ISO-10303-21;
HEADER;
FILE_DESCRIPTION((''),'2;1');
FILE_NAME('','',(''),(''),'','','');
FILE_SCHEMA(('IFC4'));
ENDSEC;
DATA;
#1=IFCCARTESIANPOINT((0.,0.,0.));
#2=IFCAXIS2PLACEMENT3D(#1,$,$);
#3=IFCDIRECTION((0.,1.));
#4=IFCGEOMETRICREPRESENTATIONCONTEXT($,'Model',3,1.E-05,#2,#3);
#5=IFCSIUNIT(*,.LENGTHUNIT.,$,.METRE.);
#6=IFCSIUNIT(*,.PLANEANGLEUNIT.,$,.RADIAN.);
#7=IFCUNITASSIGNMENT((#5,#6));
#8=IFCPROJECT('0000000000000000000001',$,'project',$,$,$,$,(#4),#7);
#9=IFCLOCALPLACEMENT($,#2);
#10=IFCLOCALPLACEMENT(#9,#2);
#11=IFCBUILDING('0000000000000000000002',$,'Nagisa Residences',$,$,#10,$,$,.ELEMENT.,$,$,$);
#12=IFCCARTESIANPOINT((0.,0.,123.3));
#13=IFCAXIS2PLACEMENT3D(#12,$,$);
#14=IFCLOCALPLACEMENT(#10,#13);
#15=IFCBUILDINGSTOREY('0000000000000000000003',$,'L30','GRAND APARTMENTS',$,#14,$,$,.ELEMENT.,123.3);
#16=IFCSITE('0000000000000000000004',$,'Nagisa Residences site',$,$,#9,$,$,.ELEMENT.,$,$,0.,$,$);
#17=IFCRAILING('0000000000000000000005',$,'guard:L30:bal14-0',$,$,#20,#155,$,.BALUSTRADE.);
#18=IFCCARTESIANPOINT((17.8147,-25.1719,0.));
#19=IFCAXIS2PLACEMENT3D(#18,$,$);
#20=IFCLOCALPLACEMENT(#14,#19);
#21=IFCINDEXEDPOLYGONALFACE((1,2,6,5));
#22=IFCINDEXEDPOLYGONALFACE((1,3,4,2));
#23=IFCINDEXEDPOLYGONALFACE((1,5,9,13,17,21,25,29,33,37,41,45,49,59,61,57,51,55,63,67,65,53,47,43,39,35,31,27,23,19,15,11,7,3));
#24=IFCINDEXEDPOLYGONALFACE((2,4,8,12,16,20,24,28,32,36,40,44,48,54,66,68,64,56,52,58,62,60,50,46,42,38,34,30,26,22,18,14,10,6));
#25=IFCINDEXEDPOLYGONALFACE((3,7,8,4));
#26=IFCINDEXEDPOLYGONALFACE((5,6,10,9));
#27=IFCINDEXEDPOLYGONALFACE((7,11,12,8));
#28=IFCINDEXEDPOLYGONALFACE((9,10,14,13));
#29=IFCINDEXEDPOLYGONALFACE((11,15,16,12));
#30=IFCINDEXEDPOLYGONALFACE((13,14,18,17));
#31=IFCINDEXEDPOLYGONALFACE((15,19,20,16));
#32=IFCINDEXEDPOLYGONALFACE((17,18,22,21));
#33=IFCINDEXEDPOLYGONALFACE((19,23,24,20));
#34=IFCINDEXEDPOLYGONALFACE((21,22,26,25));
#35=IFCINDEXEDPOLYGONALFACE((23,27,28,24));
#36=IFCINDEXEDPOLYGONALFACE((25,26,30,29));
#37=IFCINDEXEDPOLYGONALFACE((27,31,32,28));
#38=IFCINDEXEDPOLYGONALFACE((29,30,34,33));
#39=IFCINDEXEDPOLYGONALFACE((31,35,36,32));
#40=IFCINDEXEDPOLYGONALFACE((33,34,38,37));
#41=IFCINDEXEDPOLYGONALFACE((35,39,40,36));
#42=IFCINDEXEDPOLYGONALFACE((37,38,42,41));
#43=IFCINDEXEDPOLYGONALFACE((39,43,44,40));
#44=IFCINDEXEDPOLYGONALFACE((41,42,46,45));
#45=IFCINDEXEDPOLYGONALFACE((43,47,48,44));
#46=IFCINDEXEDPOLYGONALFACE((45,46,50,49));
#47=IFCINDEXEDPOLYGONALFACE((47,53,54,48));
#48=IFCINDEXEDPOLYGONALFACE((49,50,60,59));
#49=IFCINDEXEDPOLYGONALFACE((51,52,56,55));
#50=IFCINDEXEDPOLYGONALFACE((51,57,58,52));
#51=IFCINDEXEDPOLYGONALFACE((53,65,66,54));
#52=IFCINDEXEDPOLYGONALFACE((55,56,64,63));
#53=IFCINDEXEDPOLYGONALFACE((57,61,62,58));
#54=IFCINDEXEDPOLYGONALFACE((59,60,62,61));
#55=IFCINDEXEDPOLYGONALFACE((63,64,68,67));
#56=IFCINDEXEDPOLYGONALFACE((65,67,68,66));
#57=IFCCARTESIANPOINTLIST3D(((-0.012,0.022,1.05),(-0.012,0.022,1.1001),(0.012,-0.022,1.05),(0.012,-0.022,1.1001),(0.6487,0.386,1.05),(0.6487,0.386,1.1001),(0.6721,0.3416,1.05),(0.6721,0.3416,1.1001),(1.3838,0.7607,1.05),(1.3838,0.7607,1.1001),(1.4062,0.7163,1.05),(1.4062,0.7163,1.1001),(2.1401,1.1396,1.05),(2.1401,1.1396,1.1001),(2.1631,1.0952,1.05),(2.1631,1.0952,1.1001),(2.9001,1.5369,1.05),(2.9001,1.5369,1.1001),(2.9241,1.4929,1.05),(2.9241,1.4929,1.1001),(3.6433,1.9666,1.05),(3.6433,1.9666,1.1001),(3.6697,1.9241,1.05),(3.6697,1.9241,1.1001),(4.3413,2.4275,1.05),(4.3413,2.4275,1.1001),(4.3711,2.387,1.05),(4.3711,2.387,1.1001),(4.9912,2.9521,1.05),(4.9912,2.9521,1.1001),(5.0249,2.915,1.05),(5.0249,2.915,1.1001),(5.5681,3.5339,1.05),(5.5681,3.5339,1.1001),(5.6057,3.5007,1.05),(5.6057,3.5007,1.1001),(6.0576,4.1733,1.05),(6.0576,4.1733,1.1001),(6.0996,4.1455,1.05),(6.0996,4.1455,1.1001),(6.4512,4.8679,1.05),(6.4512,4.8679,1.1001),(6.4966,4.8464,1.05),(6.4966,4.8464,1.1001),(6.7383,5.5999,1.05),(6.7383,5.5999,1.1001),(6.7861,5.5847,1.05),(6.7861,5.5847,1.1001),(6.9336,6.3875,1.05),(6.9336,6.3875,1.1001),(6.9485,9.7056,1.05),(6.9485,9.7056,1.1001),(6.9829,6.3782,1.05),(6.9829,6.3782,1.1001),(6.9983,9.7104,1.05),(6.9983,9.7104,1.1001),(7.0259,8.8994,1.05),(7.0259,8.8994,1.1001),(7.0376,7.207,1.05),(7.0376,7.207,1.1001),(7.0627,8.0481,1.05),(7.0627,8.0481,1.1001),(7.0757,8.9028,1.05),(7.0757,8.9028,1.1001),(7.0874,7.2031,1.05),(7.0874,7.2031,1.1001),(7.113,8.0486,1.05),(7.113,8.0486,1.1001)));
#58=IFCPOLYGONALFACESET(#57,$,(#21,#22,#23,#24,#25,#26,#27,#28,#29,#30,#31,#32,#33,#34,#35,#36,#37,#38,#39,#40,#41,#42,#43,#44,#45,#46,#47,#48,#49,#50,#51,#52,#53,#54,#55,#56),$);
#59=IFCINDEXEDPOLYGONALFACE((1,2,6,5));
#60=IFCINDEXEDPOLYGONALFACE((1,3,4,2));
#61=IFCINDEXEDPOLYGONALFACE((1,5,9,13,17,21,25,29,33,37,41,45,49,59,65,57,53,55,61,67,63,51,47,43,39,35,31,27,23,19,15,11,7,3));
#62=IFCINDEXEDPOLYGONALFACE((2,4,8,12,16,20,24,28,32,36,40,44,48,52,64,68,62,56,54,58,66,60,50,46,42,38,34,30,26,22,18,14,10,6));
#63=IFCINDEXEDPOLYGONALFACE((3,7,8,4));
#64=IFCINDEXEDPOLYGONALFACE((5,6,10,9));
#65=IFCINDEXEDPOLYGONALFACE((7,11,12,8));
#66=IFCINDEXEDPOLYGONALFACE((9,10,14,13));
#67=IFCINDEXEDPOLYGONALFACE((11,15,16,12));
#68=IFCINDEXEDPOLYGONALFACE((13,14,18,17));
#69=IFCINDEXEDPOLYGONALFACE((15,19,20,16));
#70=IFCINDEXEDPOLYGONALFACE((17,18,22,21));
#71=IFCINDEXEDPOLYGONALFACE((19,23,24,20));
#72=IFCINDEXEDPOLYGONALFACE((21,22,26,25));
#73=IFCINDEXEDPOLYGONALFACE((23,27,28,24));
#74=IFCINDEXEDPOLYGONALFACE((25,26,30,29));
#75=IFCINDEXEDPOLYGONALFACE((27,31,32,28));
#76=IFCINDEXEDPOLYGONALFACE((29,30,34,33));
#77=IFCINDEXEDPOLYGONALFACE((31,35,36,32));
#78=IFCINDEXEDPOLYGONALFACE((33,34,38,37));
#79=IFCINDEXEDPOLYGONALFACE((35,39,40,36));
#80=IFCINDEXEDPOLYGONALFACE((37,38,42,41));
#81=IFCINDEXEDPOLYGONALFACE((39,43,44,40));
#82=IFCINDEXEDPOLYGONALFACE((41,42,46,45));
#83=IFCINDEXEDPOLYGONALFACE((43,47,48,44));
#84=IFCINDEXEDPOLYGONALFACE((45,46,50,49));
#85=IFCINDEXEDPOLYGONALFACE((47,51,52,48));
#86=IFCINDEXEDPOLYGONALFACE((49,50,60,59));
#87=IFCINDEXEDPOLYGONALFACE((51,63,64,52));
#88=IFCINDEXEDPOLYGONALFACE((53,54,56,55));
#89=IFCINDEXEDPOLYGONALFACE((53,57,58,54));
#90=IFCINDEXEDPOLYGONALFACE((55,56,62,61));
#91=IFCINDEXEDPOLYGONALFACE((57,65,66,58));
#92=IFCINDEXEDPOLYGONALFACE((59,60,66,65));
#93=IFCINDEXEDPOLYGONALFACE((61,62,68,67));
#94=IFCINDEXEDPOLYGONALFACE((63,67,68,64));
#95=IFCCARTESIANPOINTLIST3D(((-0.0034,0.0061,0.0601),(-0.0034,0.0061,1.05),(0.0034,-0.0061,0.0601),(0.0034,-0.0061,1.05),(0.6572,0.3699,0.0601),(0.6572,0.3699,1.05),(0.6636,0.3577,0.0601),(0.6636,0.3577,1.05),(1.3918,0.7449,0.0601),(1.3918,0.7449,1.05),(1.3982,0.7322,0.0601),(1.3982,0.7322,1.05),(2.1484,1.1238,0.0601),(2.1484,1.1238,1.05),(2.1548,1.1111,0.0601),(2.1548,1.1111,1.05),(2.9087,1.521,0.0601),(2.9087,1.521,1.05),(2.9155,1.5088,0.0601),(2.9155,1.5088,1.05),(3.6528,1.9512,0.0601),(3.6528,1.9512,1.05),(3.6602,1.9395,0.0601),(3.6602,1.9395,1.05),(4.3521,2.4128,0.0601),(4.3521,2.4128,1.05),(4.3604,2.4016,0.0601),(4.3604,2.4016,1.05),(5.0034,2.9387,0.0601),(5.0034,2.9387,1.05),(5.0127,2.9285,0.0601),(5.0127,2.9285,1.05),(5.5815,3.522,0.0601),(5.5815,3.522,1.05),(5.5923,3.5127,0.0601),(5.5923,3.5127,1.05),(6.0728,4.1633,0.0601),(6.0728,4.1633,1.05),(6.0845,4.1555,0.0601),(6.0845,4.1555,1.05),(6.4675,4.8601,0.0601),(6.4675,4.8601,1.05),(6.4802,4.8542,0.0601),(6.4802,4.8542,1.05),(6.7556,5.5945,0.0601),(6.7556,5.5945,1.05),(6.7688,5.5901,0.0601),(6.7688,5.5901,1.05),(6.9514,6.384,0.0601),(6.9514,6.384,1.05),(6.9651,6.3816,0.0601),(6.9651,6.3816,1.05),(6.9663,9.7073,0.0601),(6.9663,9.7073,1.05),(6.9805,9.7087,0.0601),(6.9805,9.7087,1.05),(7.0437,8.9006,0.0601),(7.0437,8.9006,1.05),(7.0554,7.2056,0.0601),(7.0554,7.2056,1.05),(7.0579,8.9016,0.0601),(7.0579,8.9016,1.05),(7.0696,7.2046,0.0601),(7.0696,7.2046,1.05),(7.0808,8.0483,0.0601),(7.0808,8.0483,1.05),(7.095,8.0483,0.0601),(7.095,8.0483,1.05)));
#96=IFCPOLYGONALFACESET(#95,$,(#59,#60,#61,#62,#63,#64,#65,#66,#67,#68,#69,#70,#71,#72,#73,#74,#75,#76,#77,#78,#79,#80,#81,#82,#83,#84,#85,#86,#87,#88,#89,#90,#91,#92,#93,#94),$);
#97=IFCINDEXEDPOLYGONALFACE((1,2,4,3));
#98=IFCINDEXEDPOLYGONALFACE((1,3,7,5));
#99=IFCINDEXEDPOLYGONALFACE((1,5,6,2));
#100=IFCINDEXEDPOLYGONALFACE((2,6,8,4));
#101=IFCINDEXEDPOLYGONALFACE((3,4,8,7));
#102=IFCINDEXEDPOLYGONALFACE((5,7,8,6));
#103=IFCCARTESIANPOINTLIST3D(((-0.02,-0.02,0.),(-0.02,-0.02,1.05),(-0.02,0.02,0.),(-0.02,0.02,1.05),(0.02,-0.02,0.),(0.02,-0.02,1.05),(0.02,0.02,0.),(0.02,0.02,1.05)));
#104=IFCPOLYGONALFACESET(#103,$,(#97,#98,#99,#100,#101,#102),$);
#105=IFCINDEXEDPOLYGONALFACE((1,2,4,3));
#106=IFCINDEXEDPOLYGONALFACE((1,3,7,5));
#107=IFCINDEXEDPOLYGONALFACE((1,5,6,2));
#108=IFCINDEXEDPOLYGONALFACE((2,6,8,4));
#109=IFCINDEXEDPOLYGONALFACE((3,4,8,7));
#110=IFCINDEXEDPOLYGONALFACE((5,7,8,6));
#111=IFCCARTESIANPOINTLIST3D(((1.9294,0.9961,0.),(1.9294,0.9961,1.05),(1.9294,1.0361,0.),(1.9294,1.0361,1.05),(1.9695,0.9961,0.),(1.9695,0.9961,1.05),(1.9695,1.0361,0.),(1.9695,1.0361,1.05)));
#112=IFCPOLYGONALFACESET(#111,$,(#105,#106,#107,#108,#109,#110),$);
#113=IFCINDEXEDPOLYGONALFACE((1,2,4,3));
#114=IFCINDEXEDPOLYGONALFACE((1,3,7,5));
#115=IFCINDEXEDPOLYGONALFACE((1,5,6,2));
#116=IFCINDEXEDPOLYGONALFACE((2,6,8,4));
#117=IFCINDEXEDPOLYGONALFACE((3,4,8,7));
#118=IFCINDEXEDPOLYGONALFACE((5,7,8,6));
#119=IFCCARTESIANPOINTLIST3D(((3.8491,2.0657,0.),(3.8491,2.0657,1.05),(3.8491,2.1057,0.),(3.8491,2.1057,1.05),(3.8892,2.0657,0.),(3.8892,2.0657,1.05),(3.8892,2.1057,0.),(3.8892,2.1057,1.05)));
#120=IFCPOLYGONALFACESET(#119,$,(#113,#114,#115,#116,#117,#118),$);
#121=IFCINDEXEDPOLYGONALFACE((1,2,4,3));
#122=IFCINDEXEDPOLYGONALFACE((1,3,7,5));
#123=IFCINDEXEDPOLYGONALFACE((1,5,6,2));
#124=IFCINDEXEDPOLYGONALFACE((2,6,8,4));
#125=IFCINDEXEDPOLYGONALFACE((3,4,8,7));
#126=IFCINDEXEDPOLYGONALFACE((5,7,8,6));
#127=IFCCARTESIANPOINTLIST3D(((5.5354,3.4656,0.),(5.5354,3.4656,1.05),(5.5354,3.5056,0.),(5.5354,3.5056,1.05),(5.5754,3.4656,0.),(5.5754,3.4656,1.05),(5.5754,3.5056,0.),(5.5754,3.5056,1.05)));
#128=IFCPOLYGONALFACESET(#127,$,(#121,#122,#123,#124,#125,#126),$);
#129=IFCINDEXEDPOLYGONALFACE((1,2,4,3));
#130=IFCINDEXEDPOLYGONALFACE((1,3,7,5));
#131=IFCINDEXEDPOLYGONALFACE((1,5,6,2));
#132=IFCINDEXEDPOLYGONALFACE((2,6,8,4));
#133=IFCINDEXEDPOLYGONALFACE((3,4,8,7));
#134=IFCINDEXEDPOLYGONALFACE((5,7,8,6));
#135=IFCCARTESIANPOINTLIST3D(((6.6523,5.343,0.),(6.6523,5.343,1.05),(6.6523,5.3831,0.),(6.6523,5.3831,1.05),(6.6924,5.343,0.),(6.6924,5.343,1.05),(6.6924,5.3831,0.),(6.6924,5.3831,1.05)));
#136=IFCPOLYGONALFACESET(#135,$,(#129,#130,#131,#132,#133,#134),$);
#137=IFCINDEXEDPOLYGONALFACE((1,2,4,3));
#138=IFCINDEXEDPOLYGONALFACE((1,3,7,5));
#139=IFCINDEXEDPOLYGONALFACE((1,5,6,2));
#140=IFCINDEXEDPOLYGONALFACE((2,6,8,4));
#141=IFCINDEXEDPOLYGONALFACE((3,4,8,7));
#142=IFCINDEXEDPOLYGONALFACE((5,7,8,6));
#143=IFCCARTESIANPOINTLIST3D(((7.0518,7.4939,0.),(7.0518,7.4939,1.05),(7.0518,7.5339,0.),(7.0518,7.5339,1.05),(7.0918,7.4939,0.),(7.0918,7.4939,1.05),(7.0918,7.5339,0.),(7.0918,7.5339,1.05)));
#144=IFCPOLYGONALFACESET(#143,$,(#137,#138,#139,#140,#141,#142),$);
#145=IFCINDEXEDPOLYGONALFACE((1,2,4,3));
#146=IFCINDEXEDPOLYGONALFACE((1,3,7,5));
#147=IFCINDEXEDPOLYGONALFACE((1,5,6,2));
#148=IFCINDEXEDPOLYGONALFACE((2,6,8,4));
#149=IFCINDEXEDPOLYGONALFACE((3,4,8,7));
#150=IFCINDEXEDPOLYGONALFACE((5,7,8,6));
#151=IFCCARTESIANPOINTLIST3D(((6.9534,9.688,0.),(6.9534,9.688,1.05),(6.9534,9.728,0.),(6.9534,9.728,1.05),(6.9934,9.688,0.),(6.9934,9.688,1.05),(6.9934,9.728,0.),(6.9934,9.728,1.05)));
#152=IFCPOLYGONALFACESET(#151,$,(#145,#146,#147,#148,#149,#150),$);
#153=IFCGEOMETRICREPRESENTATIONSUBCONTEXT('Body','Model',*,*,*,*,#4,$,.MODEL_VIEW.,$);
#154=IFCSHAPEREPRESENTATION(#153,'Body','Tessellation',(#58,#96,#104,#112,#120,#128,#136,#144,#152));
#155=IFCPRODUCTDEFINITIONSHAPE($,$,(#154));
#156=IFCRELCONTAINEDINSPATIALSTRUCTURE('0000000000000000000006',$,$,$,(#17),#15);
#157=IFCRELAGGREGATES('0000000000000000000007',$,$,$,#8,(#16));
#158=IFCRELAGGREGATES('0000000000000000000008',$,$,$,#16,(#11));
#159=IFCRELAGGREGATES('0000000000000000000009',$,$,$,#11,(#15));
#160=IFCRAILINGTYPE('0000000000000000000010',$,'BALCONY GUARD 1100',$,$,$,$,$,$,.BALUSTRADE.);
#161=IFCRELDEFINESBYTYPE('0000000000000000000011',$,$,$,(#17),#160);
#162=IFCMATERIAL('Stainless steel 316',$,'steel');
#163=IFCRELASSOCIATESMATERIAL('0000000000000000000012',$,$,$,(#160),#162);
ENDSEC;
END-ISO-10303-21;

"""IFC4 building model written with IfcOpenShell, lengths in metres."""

from ifc_helpers import new_model, si_unit, direction, frame, origin, origin_2d, place, context, subcontext, project, spatial, polyline, rectangle, outline, extrude, material, type_object, element, save


model = new_model("IFC4")

# Units and contexts
model_context = context("Model", 3, precision=1e-05, world=origin(), true_north=direction((0.0, 1.0)))
body_context = subcontext(model_context, "Body", "Model", "MODEL_VIEW")
ifc_project = project(units=[si_unit("LENGTHUNIT", "METRE"), si_unit("PLANEANGLEUNIT", "RADIAN")], contexts=[model_context])

# Site, building, storey
site_placement = place(None, origin())
site = spatial("IfcSite", under=ifc_project, at=site_placement, Name="Nagisa Residences site", CompositionType="ELEMENT", RefElevation=0.0)
building_placement = place(site_placement, origin())
building = spatial("IfcBuilding", under=site, at=building_placement, Name="Nagisa Residences", CompositionType="ELEMENT")
storey_placement = place(building_placement, frame((0.0, 0.0, 123.3)))
storey = spatial("IfcBuildingStorey", under=building, at=storey_placement, Name="L30", Description="GRAND APARTMENTS", CompositionType="ELEMENT", Elevation=123.3)

# Railing
ifc_material_1 = material(Name="Stainless steel 316", Category="steel")
railing_type = type_object("IfcRailingType", Name="BALCONY GUARD 1100", PredefinedType="BALUSTRADE", material=ifc_material_1)
railing_1_placement = place(storey_placement, frame((17.8147, -25.1719, 0.0)))
element("IfcRailing", 1, at=railing_1_placement, inside=storey, type_object=railing_type, Name="guard:L30:bal14-0", PredefinedType="BALUSTRADE", context=body_context, shape_type="SweptSolid", body=[
    extrude(outline(polyline([(0.6487, 0.386), (-0.012, 0.022), (0.012, -0.022), (0.6721, 0.3416), (1.4062, 0.7163), (2.1631, 1.0952), (2.9241, 1.4929), (3.6697, 1.9241), (4.3711, 2.387), (5.0249, 2.915), (5.6057, 3.5007), (6.0996, 4.1455), (6.4966, 4.8464), (6.7861, 5.5847), (6.9829, 6.3782), (7.0874, 7.2031), (7.113, 8.0486), (7.0757, 8.9028), (6.9983, 9.7104), (6.9485, 9.7056), (7.0259, 8.8994), (7.0627, 8.0481), (7.0376, 7.207), (6.9336, 6.3875), (6.7383, 5.5999), (6.4512, 4.8679), (6.0576, 4.1733), (5.5681, 3.5339), (4.9912, 2.9521), (4.3413, 2.4275), (3.6433, 1.9666), (2.9001, 1.5369), (2.1401, 1.1396), (1.3838, 0.7607), (0.6487, 0.386)])), frame((0.0, 0.0, 1.05)), (0.0, 0.0, 1.0), 0.05),
    extrude(outline(polyline([(0.6572, 0.3699), (-0.0034, 0.0061), (0.0034, -0.0061), (0.6636, 0.3577), (1.3982, 0.7322), (2.1548, 1.1111), (2.9155, 1.5088), (3.6602, 1.9395), (4.3604, 2.4016), (5.0127, 2.9285), (5.5923, 3.5127), (6.0845, 4.1555), (6.4802, 4.8542), (6.7688, 5.5901), (6.9651, 6.3816), (7.0696, 7.2046), (7.095, 8.0483), (7.0579, 8.9016), (6.9805, 9.7087), (6.9663, 9.7073), (7.0437, 8.9006), (7.0808, 8.0483), (7.0554, 7.2056), (6.9514, 6.384), (6.7556, 5.5945), (6.4675, 4.8601), (6.0728, 4.1633), (5.5815, 3.522), (5.0034, 2.9387), (4.3521, 2.4128), (3.6528, 1.9512), (2.9087, 1.521), (2.1484, 1.1238), (1.3918, 0.7449), (0.6572, 0.3699)])), frame((0.0, 0.0, 0.0601)), (0.0, 0.0, 1.0), 0.99),
    extrude(rectangle(XDim=0.04, YDim=0.04, at=origin_2d()), origin(), (0.0, 0.0, 1.0), 1.05),
    extrude(rectangle(XDim=0.04, YDim=0.04, at=origin_2d()), frame((1.9495, 1.0161, 0.0)), (0.0, 0.0, 1.0), 1.05),
    extrude(rectangle(XDim=0.04, YDim=0.04, at=origin_2d()), frame((3.8691, 2.0857, 0.0)), (0.0, 0.0, 1.0), 1.05),
    extrude(rectangle(XDim=0.04, YDim=0.04, at=origin_2d()), frame((5.5554, 3.4856, 0.0)), (0.0, 0.0, 1.0), 1.05),
    extrude(rectangle(XDim=0.04, YDim=0.04, at=origin_2d()), frame((6.6724, 5.363, 0.0)), (0.0, 0.0, 1.0), 1.05),
    extrude(rectangle(XDim=0.04, YDim=0.04, at=origin_2d()), frame((7.0718, 7.5139, 0.0)), (0.0, 0.0, 1.0), 1.05),
    extrude(rectangle(XDim=0.04, YDim=0.04, at=origin_2d()), frame((6.9734, 9.708, 0.0)), (0.0, 0.0, 1.0), 1.05),
])

save(model, "model.ifc")
